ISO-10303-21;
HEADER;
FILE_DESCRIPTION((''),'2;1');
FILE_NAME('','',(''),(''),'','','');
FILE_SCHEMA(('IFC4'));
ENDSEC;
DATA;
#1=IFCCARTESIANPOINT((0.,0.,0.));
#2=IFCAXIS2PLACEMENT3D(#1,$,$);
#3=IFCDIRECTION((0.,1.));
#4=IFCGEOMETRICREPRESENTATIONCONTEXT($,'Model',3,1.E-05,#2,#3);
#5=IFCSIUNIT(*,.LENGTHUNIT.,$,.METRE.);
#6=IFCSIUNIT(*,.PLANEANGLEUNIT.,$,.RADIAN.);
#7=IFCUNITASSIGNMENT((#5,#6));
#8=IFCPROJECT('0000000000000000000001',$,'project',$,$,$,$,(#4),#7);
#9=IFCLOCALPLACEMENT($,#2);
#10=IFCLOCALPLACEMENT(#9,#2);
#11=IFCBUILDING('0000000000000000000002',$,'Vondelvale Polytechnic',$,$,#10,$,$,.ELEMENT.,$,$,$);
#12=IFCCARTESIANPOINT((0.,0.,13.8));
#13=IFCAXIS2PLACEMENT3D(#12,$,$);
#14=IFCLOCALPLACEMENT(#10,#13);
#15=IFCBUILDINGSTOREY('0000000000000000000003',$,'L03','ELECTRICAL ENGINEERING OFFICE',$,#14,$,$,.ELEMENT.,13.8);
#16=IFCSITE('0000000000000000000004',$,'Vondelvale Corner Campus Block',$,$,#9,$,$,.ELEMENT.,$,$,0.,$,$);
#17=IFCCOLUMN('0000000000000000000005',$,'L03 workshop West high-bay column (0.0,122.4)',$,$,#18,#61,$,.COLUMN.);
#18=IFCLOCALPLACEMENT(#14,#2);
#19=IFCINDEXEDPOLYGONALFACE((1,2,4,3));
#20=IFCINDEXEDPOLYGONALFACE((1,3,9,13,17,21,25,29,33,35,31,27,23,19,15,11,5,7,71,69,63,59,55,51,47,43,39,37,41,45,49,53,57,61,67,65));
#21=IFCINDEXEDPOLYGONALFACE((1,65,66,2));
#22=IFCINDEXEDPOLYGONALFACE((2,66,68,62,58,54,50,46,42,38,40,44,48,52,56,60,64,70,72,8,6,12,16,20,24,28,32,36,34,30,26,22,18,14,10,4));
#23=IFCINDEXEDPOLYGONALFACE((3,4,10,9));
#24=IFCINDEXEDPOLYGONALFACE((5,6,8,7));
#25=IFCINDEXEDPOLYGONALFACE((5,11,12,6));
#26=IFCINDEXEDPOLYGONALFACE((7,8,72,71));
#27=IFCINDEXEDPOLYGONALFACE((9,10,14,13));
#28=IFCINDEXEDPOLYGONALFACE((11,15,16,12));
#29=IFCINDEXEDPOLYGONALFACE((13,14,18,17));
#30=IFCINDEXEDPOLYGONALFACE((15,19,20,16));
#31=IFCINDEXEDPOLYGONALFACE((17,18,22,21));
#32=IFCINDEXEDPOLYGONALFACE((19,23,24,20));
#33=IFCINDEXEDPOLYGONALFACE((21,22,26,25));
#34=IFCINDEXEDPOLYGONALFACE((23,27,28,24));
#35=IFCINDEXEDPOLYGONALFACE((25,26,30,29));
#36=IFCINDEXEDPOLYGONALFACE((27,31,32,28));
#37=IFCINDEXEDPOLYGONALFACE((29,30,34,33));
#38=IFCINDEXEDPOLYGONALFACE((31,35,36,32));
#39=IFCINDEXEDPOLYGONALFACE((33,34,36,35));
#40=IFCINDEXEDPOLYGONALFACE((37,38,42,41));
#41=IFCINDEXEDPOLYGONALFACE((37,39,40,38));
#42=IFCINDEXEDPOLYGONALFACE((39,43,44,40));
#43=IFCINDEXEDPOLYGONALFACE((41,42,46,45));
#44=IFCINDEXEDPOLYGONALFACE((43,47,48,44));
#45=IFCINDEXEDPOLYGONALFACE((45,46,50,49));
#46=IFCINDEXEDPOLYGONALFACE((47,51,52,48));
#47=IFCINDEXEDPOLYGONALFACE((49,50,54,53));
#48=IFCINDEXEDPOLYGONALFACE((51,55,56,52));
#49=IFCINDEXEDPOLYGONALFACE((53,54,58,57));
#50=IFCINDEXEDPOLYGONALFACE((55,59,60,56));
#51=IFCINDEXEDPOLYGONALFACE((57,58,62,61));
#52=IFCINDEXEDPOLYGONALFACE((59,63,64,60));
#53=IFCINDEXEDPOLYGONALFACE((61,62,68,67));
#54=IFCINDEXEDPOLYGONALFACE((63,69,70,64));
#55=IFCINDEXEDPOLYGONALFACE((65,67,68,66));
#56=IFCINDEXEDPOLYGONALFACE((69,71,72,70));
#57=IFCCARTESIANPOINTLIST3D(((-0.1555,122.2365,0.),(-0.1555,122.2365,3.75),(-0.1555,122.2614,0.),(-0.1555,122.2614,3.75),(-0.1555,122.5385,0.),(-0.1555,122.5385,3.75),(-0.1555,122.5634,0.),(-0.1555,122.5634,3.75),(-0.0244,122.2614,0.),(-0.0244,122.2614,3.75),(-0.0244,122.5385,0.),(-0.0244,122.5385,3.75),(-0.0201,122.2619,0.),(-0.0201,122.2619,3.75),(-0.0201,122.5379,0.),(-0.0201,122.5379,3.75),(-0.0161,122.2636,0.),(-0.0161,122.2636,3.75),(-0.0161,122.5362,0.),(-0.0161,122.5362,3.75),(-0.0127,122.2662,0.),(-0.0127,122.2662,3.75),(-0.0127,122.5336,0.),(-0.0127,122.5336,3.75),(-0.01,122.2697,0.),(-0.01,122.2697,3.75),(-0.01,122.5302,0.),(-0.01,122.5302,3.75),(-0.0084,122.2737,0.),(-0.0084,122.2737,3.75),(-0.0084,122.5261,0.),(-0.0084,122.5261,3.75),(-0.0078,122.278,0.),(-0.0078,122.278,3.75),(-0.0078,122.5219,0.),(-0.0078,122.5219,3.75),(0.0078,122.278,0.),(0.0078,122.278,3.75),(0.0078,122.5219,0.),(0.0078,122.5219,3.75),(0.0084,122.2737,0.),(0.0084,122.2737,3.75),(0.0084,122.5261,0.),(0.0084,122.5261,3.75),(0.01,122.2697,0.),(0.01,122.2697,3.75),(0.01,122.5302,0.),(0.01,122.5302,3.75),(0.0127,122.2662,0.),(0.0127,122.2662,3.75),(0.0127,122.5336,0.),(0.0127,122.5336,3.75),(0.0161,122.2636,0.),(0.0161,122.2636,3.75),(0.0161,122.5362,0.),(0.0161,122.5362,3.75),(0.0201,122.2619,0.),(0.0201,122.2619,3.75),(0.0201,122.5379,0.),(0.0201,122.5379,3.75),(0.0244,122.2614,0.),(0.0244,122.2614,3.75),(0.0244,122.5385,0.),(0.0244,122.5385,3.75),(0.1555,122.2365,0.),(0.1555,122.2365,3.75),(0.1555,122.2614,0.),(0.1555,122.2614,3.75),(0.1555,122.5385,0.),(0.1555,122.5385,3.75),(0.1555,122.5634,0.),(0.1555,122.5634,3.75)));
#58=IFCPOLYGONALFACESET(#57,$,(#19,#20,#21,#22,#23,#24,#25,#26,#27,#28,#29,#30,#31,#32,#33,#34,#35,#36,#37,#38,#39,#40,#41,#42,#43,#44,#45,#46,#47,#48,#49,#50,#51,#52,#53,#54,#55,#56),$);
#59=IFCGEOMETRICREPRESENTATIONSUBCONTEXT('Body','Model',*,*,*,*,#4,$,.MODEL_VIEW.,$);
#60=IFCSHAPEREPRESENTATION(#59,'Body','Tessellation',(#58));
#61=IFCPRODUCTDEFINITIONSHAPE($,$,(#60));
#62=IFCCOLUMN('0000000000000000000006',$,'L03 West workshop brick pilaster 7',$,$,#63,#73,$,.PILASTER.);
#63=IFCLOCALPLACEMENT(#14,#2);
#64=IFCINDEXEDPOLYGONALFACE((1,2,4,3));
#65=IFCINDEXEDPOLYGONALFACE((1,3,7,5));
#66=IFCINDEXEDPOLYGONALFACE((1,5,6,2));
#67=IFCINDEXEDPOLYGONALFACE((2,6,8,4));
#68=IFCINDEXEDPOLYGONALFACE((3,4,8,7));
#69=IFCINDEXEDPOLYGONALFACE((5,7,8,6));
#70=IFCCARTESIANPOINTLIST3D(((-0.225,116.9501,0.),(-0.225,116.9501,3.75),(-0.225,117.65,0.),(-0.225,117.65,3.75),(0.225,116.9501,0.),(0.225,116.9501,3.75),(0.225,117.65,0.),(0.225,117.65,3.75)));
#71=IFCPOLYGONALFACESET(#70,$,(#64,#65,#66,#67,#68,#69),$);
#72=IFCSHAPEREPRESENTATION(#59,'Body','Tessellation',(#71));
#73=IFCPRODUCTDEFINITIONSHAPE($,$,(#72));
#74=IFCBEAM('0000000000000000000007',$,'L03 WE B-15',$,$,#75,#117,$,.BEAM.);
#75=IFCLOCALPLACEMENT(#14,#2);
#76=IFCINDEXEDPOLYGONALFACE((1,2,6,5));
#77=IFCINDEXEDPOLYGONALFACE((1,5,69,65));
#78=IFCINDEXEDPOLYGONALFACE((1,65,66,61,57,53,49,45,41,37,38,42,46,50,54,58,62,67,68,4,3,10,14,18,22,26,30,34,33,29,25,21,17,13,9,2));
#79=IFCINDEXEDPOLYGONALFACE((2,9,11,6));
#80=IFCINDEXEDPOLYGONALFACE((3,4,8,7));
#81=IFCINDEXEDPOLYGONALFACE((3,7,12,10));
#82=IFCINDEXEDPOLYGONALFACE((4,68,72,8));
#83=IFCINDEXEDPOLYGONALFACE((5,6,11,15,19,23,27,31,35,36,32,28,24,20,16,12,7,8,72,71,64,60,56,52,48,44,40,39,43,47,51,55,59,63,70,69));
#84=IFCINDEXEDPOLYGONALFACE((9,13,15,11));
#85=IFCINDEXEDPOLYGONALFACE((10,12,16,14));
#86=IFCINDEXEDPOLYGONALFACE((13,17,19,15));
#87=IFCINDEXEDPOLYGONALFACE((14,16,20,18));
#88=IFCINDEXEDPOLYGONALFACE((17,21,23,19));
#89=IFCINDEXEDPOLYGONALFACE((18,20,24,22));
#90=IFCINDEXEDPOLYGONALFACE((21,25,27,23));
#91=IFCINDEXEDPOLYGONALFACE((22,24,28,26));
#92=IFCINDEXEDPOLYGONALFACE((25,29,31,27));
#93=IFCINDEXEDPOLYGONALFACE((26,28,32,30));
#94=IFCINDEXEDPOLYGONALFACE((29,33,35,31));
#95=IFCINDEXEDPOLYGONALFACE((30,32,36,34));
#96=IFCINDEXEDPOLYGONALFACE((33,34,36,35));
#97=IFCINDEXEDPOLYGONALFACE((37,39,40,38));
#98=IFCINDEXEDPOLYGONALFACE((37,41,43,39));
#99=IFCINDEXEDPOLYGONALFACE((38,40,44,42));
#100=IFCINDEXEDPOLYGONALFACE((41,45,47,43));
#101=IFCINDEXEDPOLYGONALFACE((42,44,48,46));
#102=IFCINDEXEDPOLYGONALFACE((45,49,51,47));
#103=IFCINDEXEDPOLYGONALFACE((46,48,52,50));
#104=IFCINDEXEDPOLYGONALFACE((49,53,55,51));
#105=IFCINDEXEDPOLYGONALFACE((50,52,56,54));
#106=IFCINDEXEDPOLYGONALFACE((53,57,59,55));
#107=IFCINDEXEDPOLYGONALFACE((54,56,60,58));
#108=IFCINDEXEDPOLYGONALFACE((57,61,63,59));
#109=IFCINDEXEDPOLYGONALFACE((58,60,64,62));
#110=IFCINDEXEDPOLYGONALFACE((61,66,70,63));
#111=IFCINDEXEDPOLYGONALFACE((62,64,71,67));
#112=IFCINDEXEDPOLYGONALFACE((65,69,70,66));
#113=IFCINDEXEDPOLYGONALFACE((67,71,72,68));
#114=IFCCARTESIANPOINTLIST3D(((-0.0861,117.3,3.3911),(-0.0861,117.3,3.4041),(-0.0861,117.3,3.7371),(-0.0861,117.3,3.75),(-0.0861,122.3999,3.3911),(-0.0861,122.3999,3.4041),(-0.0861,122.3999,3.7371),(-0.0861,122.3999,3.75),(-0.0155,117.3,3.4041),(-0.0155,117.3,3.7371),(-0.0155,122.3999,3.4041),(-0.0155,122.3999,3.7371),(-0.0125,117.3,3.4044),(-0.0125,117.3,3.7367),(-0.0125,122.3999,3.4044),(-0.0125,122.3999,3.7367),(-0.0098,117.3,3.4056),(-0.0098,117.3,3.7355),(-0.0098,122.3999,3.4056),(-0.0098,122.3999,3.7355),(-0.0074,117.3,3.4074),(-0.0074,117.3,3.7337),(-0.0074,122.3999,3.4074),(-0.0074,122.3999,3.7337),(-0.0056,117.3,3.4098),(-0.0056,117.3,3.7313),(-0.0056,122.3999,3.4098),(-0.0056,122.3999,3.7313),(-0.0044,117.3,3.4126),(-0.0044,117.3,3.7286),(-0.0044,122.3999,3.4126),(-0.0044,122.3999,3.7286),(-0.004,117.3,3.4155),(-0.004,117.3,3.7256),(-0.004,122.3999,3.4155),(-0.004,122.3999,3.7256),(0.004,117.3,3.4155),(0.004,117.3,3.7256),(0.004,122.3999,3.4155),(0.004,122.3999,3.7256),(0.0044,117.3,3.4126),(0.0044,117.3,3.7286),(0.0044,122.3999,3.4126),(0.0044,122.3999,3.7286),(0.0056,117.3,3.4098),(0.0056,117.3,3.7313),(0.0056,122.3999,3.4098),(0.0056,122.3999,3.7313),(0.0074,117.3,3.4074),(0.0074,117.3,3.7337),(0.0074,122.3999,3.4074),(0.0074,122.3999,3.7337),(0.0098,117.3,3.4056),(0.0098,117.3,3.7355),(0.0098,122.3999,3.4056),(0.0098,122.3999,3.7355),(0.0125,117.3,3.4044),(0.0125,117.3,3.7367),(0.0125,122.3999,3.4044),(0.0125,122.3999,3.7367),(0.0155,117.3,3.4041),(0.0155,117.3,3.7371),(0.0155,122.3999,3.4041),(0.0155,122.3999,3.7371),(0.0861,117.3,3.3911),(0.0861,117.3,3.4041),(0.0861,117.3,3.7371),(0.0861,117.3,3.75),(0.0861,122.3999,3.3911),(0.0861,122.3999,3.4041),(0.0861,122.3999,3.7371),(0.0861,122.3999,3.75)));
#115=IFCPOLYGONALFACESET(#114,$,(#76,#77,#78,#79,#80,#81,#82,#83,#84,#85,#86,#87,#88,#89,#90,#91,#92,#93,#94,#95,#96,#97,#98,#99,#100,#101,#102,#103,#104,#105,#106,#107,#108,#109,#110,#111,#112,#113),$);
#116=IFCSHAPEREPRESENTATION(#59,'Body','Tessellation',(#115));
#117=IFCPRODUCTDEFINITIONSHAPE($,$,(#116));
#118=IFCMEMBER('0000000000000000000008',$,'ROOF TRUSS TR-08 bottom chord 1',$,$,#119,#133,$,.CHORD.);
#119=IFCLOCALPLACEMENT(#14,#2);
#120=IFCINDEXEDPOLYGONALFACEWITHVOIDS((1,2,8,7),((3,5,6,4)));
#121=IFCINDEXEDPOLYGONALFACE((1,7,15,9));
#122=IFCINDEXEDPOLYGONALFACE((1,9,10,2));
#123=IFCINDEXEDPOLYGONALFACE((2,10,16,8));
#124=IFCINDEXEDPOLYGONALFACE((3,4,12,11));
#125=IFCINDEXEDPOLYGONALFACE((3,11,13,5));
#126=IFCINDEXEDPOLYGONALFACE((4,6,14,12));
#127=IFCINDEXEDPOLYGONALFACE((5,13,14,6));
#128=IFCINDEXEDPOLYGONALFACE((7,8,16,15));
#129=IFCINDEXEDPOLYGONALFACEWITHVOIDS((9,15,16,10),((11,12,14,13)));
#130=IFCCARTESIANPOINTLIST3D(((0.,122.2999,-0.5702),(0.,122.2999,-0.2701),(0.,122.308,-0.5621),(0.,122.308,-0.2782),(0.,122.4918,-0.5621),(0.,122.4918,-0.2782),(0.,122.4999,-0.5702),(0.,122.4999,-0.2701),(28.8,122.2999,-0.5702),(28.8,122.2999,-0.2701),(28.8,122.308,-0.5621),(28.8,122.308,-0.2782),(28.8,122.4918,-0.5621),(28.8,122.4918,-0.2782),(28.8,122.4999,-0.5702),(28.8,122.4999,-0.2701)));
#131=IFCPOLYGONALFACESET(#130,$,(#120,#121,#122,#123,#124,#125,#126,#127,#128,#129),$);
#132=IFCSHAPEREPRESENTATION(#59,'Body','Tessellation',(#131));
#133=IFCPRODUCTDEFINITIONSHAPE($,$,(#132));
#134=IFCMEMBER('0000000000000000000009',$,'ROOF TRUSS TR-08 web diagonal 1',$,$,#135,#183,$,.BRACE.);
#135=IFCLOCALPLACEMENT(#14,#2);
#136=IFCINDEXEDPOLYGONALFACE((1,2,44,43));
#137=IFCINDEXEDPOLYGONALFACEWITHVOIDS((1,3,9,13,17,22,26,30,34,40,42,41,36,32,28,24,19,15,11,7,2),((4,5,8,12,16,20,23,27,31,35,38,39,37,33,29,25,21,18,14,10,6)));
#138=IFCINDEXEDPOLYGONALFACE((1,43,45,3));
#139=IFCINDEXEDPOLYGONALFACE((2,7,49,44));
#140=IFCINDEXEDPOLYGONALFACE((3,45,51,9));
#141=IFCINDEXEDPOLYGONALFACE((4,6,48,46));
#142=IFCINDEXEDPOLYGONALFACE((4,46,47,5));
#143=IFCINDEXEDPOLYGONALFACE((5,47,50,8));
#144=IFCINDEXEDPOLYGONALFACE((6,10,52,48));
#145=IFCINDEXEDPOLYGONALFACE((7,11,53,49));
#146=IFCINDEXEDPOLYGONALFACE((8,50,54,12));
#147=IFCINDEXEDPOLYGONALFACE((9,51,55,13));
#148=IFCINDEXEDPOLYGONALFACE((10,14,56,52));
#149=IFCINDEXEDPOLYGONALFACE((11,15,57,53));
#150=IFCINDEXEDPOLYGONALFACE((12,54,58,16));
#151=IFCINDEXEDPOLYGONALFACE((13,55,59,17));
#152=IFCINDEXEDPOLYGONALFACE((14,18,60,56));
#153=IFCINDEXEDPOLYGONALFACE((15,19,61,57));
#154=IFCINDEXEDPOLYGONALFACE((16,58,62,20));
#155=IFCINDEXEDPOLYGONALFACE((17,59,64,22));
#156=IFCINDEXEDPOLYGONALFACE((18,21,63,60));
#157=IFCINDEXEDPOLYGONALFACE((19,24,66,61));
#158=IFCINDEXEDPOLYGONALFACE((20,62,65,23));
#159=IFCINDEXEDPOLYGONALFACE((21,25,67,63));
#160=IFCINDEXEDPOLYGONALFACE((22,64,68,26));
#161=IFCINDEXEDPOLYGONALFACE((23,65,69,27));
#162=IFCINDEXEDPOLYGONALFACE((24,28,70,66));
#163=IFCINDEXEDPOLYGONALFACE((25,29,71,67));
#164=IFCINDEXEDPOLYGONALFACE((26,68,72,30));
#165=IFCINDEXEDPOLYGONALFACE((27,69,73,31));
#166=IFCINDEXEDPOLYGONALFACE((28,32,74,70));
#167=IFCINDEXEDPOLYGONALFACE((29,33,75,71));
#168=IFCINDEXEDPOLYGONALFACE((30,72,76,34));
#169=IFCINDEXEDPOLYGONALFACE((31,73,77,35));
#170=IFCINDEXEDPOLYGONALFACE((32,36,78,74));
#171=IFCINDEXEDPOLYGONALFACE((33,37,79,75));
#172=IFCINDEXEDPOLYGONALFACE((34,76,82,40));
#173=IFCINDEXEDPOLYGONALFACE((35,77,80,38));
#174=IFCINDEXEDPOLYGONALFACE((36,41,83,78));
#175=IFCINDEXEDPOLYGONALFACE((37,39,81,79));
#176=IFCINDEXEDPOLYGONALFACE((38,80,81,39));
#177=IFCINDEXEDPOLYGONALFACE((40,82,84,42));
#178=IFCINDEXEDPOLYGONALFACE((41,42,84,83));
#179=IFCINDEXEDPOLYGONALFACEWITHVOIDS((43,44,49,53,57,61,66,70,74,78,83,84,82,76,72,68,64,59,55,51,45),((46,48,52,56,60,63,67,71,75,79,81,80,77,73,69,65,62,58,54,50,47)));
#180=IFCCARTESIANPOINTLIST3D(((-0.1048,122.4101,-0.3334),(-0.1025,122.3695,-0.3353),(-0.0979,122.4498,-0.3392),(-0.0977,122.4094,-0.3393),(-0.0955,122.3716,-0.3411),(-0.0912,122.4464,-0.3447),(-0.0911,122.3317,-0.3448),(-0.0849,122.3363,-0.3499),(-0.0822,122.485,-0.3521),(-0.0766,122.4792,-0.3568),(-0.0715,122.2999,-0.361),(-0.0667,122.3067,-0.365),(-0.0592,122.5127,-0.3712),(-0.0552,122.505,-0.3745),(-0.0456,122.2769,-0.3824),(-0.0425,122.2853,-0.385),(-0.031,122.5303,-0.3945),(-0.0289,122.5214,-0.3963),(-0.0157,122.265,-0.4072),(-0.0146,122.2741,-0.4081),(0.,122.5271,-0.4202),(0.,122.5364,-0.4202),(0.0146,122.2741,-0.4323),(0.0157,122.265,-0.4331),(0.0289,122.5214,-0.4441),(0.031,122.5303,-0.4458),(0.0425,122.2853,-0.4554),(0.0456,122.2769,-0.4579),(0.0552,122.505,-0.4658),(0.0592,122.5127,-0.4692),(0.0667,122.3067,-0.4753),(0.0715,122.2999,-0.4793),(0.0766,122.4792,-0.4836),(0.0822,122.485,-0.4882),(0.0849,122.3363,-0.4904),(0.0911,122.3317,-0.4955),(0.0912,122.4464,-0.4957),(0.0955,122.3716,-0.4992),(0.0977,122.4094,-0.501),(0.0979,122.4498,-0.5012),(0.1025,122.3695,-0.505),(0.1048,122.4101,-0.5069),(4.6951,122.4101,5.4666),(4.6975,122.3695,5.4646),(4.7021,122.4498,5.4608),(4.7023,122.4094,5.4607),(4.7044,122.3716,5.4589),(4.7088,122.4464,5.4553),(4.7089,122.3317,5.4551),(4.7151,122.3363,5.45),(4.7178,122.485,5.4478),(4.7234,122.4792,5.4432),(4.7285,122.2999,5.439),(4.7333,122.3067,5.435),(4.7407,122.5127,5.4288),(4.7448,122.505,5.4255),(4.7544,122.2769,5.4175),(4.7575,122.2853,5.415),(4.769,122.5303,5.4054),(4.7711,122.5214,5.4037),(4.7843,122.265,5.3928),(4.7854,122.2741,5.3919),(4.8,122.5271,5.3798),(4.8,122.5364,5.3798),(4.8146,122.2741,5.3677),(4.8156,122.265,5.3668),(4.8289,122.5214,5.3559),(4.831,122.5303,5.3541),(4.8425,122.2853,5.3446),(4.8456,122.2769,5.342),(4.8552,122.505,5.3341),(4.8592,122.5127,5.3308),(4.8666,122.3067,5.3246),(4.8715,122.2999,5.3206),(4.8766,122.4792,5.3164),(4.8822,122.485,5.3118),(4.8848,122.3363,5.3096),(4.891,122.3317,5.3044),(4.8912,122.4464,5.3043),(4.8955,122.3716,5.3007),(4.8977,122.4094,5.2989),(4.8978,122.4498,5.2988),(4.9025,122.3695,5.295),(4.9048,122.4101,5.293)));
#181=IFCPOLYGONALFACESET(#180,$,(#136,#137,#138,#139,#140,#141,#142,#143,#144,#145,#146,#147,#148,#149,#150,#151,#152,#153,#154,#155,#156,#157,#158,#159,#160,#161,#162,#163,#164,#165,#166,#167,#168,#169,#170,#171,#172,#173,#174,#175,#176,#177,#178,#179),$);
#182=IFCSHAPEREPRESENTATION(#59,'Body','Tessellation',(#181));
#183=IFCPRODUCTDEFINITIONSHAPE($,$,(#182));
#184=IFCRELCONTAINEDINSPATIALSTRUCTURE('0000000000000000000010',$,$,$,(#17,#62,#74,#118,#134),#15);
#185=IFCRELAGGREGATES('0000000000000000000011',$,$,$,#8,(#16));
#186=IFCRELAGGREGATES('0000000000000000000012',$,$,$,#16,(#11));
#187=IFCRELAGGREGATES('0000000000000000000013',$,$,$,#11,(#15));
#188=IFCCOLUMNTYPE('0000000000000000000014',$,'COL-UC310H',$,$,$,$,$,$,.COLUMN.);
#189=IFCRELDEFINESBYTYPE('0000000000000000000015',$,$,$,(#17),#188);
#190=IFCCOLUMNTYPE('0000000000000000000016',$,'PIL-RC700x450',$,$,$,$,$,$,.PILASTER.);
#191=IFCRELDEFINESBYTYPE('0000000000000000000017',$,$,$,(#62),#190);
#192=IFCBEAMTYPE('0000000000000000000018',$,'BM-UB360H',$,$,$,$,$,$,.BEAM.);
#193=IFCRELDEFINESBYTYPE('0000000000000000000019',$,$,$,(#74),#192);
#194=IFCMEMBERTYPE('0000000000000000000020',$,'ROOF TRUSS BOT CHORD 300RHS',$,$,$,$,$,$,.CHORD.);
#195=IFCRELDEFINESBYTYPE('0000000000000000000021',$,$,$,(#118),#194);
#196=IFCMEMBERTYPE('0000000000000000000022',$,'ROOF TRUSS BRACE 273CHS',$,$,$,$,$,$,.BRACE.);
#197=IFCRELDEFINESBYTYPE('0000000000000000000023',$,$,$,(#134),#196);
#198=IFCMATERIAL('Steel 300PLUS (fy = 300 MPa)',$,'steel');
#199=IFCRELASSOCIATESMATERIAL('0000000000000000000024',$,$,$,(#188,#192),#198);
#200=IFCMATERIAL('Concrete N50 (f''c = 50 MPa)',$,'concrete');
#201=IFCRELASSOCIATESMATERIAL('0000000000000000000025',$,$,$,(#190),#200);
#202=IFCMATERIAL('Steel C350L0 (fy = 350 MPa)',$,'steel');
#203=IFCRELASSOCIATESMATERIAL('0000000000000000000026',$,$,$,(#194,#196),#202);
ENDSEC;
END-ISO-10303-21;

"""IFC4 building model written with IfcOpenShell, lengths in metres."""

from ifc_helpers import new_model, si_unit, direction, frame, origin, origin_2d, place, context, subcontext, project, spatial, rectangle, hollow_rectangle, hollow_circle, i_section, extrude, material, material_profile, profile_set, type_object, element, save


model = new_model("IFC4")

# Units and contexts
model_context = context("Model", 3, precision=1e-05, world=origin(), true_north=direction((0.0, 1.0)))
body_context = subcontext(model_context, "Body", "Model", "MODEL_VIEW")
ifc_project = project(units=[si_unit("LENGTHUNIT", "METRE"), si_unit("PLANEANGLEUNIT", "RADIAN")], contexts=[model_context])

# Site, building, storey
site_placement = place(None, origin())
site = spatial("IfcSite", under=ifc_project, at=site_placement, Name="Vondelvale Corner Campus Block", CompositionType="ELEMENT", RefElevation=0.0)
building_placement = place(site_placement, origin())
building = spatial("IfcBuilding", under=site, at=building_placement, Name="Vondelvale Polytechnic", CompositionType="ELEMENT")
storey_placement = place(building_placement, frame((0.0, 0.0, 13.8)))
storey = spatial("IfcBuildingStorey", under=building, at=storey_placement, Name="L03", Description="ELECTRICAL ENGINEERING OFFICE", CompositionType="ELEMENT", Elevation=13.8)

# Columns
ifc_material_1 = material(Name="Steel 300PLUS (fy = 300 MPa)", Category="steel")
ifc_material_profile_1 = material_profile(ifc_material_1, i_section(OverallWidth=0.311, OverallDepth=0.3269, WebThickness=0.0156, FlangeThickness=0.0249, FilletRadius=0.0166, at=origin_2d()), Name="310UC158")
ifc_profile_set_1 = profile_set([ifc_material_profile_1], Name="Steel 300PLUS (fy = 300 MPa)")
column_type_1 = type_object("IfcColumnType", Name="COL-UC310H", PredefinedType="COLUMN", material=ifc_profile_set_1)
column_1_placement = place(storey_placement, frame((0.0, 122.3999, 0.0), z_axis=(0.0, 0.0, 1.0), x_axis=(1.0, 0.0, 0.0)))
element("IfcColumn", 1, at=column_1_placement, inside=storey, type_object=column_type_1, Name="L03 workshop West high-bay column (0.0,122.4)", PredefinedType="COLUMN", context=body_context, shape_type="SweptSolid", body=[
    extrude(i_section(OverallWidth=0.311, OverallDepth=0.3269, WebThickness=0.0156, FlangeThickness=0.0249, FilletRadius=0.0166, at=origin_2d()), origin(), (0.0, 0.0, 1.0), 3.75),
])
ifc_material_2 = material(Name="Concrete N50 (f'c = 50 MPa)", Category="concrete")
ifc_material_profile_2 = material_profile(ifc_material_2, rectangle(XDim=0.45, YDim=0.7, at=origin_2d()), Name="RC-PIL-700x450")
ifc_profile_set_2 = profile_set([ifc_material_profile_2], Name="Concrete N50 (f'c = 50 MPa)")
column_type_2 = type_object("IfcColumnType", Name="PIL-RC700x450", PredefinedType="PILASTER", material=ifc_profile_set_2)
column_2_placement = place(storey_placement, frame((0.0, 117.3, 0.0), z_axis=(0.0, 0.0, 1.0), x_axis=(1.0, 0.0, 0.0)))
element("IfcColumn", 2, at=column_2_placement, inside=storey, type_object=column_type_2, Name="L03 West workshop brick pilaster 7", PredefinedType="PILASTER", context=body_context, shape_type="SweptSolid", body=[
    extrude(rectangle(XDim=0.45, YDim=0.7, at=origin_2d()), origin(), (0.0, 0.0, 1.0), 3.75),
])

# Beam
ifc_material_profile_3 = material_profile(ifc_material_1, i_section(OverallWidth=0.1721, OverallDepth=0.3589, WebThickness=0.0081, FlangeThickness=0.0129, FilletRadius=0.0115, at=origin_2d()), Name="360UB56.7")
ifc_profile_set_3 = profile_set([ifc_material_profile_3], Name="Steel 300PLUS (fy = 300 MPa)")
beam_type = type_object("IfcBeamType", Name="BM-UB360H", PredefinedType="BEAM", material=ifc_profile_set_3)
beam_placement = place(storey_placement, frame((0.0, 117.3, 3.5706), z_axis=(0.0, 1.0, 0.0), x_axis=(-1.0, 0.0, 0.0)))
element("IfcBeam", 3, at=beam_placement, inside=storey, type_object=beam_type, Name="L03 WE B-15", PredefinedType="BEAM", context=body_context, shape_type="SweptSolid", body=[
    extrude(i_section(OverallWidth=0.1721, OverallDepth=0.3589, WebThickness=0.0081, FlangeThickness=0.0129, FilletRadius=0.0115, at=origin_2d()), origin(), (0.0, 0.0, 1.0), 5.0999),
])

# Members
ifc_material_3 = material(Name="Steel C350L0 (fy = 350 MPa)", Category="steel")
ifc_material_profile_4 = material_profile(ifc_material_3, hollow_rectangle(XDim=0.2, YDim=0.3, WallThickness=0.0081, at=origin_2d()), Name="300x200x8.0RHS")
ifc_profile_set_4 = profile_set([ifc_material_profile_4], Name="Steel C350L0 (fy = 350 MPa)")
member_type_1 = type_object("IfcMemberType", Name="ROOF TRUSS BOT CHORD 300RHS", PredefinedType="CHORD", material=ifc_profile_set_4)
member_1_placement = place(storey_placement, frame((0.0, 122.3999, -0.4202), z_axis=(1.0, 0.0, 0.0), x_axis=(0.0, 1.0, 0.0)))
element("IfcMember", 4, at=member_1_placement, inside=storey, type_object=member_type_1, Name="ROOF TRUSS TR-08 bottom chord 1", PredefinedType="CHORD", context=body_context, shape_type="SweptSolid", body=[
    extrude(hollow_rectangle(XDim=0.2, YDim=0.3, WallThickness=0.0081, at=origin_2d()), origin(), (0.0, 0.0, 1.0), 28.8),
])
ifc_material_profile_5 = material_profile(ifc_material_3, hollow_circle(Radius=0.1365, WallThickness=0.0093, at=origin_2d()), Name="273.1x9.3CHS")
ifc_profile_set_5 = profile_set([ifc_material_profile_5], Name="Steel C350L0 (fy = 350 MPa)")
member_type_2 = type_object("IfcMemberType", Name="ROOF TRUSS BRACE 273CHS", PredefinedType="BRACE", material=ifc_profile_set_5)
member_2_placement = place(storey_placement, frame((0.0, 122.3999, -0.4202), z_axis=(0.637568, 0.0, 0.770394), x_axis=(0.0, 1.0, 0.0)))
element("IfcMember", 5, at=member_2_placement, inside=storey, type_object=member_type_2, Name="ROOF TRUSS TR-08 web diagonal 1", PredefinedType="BRACE", context=body_context, shape_type="SweptSolid", body=[
    extrude(hollow_circle(Radius=0.1365, WallThickness=0.0093, at=origin_2d()), origin(), (0.0, 0.0, 1.0), 7.5286),
])

save(model, "model.ifc")
